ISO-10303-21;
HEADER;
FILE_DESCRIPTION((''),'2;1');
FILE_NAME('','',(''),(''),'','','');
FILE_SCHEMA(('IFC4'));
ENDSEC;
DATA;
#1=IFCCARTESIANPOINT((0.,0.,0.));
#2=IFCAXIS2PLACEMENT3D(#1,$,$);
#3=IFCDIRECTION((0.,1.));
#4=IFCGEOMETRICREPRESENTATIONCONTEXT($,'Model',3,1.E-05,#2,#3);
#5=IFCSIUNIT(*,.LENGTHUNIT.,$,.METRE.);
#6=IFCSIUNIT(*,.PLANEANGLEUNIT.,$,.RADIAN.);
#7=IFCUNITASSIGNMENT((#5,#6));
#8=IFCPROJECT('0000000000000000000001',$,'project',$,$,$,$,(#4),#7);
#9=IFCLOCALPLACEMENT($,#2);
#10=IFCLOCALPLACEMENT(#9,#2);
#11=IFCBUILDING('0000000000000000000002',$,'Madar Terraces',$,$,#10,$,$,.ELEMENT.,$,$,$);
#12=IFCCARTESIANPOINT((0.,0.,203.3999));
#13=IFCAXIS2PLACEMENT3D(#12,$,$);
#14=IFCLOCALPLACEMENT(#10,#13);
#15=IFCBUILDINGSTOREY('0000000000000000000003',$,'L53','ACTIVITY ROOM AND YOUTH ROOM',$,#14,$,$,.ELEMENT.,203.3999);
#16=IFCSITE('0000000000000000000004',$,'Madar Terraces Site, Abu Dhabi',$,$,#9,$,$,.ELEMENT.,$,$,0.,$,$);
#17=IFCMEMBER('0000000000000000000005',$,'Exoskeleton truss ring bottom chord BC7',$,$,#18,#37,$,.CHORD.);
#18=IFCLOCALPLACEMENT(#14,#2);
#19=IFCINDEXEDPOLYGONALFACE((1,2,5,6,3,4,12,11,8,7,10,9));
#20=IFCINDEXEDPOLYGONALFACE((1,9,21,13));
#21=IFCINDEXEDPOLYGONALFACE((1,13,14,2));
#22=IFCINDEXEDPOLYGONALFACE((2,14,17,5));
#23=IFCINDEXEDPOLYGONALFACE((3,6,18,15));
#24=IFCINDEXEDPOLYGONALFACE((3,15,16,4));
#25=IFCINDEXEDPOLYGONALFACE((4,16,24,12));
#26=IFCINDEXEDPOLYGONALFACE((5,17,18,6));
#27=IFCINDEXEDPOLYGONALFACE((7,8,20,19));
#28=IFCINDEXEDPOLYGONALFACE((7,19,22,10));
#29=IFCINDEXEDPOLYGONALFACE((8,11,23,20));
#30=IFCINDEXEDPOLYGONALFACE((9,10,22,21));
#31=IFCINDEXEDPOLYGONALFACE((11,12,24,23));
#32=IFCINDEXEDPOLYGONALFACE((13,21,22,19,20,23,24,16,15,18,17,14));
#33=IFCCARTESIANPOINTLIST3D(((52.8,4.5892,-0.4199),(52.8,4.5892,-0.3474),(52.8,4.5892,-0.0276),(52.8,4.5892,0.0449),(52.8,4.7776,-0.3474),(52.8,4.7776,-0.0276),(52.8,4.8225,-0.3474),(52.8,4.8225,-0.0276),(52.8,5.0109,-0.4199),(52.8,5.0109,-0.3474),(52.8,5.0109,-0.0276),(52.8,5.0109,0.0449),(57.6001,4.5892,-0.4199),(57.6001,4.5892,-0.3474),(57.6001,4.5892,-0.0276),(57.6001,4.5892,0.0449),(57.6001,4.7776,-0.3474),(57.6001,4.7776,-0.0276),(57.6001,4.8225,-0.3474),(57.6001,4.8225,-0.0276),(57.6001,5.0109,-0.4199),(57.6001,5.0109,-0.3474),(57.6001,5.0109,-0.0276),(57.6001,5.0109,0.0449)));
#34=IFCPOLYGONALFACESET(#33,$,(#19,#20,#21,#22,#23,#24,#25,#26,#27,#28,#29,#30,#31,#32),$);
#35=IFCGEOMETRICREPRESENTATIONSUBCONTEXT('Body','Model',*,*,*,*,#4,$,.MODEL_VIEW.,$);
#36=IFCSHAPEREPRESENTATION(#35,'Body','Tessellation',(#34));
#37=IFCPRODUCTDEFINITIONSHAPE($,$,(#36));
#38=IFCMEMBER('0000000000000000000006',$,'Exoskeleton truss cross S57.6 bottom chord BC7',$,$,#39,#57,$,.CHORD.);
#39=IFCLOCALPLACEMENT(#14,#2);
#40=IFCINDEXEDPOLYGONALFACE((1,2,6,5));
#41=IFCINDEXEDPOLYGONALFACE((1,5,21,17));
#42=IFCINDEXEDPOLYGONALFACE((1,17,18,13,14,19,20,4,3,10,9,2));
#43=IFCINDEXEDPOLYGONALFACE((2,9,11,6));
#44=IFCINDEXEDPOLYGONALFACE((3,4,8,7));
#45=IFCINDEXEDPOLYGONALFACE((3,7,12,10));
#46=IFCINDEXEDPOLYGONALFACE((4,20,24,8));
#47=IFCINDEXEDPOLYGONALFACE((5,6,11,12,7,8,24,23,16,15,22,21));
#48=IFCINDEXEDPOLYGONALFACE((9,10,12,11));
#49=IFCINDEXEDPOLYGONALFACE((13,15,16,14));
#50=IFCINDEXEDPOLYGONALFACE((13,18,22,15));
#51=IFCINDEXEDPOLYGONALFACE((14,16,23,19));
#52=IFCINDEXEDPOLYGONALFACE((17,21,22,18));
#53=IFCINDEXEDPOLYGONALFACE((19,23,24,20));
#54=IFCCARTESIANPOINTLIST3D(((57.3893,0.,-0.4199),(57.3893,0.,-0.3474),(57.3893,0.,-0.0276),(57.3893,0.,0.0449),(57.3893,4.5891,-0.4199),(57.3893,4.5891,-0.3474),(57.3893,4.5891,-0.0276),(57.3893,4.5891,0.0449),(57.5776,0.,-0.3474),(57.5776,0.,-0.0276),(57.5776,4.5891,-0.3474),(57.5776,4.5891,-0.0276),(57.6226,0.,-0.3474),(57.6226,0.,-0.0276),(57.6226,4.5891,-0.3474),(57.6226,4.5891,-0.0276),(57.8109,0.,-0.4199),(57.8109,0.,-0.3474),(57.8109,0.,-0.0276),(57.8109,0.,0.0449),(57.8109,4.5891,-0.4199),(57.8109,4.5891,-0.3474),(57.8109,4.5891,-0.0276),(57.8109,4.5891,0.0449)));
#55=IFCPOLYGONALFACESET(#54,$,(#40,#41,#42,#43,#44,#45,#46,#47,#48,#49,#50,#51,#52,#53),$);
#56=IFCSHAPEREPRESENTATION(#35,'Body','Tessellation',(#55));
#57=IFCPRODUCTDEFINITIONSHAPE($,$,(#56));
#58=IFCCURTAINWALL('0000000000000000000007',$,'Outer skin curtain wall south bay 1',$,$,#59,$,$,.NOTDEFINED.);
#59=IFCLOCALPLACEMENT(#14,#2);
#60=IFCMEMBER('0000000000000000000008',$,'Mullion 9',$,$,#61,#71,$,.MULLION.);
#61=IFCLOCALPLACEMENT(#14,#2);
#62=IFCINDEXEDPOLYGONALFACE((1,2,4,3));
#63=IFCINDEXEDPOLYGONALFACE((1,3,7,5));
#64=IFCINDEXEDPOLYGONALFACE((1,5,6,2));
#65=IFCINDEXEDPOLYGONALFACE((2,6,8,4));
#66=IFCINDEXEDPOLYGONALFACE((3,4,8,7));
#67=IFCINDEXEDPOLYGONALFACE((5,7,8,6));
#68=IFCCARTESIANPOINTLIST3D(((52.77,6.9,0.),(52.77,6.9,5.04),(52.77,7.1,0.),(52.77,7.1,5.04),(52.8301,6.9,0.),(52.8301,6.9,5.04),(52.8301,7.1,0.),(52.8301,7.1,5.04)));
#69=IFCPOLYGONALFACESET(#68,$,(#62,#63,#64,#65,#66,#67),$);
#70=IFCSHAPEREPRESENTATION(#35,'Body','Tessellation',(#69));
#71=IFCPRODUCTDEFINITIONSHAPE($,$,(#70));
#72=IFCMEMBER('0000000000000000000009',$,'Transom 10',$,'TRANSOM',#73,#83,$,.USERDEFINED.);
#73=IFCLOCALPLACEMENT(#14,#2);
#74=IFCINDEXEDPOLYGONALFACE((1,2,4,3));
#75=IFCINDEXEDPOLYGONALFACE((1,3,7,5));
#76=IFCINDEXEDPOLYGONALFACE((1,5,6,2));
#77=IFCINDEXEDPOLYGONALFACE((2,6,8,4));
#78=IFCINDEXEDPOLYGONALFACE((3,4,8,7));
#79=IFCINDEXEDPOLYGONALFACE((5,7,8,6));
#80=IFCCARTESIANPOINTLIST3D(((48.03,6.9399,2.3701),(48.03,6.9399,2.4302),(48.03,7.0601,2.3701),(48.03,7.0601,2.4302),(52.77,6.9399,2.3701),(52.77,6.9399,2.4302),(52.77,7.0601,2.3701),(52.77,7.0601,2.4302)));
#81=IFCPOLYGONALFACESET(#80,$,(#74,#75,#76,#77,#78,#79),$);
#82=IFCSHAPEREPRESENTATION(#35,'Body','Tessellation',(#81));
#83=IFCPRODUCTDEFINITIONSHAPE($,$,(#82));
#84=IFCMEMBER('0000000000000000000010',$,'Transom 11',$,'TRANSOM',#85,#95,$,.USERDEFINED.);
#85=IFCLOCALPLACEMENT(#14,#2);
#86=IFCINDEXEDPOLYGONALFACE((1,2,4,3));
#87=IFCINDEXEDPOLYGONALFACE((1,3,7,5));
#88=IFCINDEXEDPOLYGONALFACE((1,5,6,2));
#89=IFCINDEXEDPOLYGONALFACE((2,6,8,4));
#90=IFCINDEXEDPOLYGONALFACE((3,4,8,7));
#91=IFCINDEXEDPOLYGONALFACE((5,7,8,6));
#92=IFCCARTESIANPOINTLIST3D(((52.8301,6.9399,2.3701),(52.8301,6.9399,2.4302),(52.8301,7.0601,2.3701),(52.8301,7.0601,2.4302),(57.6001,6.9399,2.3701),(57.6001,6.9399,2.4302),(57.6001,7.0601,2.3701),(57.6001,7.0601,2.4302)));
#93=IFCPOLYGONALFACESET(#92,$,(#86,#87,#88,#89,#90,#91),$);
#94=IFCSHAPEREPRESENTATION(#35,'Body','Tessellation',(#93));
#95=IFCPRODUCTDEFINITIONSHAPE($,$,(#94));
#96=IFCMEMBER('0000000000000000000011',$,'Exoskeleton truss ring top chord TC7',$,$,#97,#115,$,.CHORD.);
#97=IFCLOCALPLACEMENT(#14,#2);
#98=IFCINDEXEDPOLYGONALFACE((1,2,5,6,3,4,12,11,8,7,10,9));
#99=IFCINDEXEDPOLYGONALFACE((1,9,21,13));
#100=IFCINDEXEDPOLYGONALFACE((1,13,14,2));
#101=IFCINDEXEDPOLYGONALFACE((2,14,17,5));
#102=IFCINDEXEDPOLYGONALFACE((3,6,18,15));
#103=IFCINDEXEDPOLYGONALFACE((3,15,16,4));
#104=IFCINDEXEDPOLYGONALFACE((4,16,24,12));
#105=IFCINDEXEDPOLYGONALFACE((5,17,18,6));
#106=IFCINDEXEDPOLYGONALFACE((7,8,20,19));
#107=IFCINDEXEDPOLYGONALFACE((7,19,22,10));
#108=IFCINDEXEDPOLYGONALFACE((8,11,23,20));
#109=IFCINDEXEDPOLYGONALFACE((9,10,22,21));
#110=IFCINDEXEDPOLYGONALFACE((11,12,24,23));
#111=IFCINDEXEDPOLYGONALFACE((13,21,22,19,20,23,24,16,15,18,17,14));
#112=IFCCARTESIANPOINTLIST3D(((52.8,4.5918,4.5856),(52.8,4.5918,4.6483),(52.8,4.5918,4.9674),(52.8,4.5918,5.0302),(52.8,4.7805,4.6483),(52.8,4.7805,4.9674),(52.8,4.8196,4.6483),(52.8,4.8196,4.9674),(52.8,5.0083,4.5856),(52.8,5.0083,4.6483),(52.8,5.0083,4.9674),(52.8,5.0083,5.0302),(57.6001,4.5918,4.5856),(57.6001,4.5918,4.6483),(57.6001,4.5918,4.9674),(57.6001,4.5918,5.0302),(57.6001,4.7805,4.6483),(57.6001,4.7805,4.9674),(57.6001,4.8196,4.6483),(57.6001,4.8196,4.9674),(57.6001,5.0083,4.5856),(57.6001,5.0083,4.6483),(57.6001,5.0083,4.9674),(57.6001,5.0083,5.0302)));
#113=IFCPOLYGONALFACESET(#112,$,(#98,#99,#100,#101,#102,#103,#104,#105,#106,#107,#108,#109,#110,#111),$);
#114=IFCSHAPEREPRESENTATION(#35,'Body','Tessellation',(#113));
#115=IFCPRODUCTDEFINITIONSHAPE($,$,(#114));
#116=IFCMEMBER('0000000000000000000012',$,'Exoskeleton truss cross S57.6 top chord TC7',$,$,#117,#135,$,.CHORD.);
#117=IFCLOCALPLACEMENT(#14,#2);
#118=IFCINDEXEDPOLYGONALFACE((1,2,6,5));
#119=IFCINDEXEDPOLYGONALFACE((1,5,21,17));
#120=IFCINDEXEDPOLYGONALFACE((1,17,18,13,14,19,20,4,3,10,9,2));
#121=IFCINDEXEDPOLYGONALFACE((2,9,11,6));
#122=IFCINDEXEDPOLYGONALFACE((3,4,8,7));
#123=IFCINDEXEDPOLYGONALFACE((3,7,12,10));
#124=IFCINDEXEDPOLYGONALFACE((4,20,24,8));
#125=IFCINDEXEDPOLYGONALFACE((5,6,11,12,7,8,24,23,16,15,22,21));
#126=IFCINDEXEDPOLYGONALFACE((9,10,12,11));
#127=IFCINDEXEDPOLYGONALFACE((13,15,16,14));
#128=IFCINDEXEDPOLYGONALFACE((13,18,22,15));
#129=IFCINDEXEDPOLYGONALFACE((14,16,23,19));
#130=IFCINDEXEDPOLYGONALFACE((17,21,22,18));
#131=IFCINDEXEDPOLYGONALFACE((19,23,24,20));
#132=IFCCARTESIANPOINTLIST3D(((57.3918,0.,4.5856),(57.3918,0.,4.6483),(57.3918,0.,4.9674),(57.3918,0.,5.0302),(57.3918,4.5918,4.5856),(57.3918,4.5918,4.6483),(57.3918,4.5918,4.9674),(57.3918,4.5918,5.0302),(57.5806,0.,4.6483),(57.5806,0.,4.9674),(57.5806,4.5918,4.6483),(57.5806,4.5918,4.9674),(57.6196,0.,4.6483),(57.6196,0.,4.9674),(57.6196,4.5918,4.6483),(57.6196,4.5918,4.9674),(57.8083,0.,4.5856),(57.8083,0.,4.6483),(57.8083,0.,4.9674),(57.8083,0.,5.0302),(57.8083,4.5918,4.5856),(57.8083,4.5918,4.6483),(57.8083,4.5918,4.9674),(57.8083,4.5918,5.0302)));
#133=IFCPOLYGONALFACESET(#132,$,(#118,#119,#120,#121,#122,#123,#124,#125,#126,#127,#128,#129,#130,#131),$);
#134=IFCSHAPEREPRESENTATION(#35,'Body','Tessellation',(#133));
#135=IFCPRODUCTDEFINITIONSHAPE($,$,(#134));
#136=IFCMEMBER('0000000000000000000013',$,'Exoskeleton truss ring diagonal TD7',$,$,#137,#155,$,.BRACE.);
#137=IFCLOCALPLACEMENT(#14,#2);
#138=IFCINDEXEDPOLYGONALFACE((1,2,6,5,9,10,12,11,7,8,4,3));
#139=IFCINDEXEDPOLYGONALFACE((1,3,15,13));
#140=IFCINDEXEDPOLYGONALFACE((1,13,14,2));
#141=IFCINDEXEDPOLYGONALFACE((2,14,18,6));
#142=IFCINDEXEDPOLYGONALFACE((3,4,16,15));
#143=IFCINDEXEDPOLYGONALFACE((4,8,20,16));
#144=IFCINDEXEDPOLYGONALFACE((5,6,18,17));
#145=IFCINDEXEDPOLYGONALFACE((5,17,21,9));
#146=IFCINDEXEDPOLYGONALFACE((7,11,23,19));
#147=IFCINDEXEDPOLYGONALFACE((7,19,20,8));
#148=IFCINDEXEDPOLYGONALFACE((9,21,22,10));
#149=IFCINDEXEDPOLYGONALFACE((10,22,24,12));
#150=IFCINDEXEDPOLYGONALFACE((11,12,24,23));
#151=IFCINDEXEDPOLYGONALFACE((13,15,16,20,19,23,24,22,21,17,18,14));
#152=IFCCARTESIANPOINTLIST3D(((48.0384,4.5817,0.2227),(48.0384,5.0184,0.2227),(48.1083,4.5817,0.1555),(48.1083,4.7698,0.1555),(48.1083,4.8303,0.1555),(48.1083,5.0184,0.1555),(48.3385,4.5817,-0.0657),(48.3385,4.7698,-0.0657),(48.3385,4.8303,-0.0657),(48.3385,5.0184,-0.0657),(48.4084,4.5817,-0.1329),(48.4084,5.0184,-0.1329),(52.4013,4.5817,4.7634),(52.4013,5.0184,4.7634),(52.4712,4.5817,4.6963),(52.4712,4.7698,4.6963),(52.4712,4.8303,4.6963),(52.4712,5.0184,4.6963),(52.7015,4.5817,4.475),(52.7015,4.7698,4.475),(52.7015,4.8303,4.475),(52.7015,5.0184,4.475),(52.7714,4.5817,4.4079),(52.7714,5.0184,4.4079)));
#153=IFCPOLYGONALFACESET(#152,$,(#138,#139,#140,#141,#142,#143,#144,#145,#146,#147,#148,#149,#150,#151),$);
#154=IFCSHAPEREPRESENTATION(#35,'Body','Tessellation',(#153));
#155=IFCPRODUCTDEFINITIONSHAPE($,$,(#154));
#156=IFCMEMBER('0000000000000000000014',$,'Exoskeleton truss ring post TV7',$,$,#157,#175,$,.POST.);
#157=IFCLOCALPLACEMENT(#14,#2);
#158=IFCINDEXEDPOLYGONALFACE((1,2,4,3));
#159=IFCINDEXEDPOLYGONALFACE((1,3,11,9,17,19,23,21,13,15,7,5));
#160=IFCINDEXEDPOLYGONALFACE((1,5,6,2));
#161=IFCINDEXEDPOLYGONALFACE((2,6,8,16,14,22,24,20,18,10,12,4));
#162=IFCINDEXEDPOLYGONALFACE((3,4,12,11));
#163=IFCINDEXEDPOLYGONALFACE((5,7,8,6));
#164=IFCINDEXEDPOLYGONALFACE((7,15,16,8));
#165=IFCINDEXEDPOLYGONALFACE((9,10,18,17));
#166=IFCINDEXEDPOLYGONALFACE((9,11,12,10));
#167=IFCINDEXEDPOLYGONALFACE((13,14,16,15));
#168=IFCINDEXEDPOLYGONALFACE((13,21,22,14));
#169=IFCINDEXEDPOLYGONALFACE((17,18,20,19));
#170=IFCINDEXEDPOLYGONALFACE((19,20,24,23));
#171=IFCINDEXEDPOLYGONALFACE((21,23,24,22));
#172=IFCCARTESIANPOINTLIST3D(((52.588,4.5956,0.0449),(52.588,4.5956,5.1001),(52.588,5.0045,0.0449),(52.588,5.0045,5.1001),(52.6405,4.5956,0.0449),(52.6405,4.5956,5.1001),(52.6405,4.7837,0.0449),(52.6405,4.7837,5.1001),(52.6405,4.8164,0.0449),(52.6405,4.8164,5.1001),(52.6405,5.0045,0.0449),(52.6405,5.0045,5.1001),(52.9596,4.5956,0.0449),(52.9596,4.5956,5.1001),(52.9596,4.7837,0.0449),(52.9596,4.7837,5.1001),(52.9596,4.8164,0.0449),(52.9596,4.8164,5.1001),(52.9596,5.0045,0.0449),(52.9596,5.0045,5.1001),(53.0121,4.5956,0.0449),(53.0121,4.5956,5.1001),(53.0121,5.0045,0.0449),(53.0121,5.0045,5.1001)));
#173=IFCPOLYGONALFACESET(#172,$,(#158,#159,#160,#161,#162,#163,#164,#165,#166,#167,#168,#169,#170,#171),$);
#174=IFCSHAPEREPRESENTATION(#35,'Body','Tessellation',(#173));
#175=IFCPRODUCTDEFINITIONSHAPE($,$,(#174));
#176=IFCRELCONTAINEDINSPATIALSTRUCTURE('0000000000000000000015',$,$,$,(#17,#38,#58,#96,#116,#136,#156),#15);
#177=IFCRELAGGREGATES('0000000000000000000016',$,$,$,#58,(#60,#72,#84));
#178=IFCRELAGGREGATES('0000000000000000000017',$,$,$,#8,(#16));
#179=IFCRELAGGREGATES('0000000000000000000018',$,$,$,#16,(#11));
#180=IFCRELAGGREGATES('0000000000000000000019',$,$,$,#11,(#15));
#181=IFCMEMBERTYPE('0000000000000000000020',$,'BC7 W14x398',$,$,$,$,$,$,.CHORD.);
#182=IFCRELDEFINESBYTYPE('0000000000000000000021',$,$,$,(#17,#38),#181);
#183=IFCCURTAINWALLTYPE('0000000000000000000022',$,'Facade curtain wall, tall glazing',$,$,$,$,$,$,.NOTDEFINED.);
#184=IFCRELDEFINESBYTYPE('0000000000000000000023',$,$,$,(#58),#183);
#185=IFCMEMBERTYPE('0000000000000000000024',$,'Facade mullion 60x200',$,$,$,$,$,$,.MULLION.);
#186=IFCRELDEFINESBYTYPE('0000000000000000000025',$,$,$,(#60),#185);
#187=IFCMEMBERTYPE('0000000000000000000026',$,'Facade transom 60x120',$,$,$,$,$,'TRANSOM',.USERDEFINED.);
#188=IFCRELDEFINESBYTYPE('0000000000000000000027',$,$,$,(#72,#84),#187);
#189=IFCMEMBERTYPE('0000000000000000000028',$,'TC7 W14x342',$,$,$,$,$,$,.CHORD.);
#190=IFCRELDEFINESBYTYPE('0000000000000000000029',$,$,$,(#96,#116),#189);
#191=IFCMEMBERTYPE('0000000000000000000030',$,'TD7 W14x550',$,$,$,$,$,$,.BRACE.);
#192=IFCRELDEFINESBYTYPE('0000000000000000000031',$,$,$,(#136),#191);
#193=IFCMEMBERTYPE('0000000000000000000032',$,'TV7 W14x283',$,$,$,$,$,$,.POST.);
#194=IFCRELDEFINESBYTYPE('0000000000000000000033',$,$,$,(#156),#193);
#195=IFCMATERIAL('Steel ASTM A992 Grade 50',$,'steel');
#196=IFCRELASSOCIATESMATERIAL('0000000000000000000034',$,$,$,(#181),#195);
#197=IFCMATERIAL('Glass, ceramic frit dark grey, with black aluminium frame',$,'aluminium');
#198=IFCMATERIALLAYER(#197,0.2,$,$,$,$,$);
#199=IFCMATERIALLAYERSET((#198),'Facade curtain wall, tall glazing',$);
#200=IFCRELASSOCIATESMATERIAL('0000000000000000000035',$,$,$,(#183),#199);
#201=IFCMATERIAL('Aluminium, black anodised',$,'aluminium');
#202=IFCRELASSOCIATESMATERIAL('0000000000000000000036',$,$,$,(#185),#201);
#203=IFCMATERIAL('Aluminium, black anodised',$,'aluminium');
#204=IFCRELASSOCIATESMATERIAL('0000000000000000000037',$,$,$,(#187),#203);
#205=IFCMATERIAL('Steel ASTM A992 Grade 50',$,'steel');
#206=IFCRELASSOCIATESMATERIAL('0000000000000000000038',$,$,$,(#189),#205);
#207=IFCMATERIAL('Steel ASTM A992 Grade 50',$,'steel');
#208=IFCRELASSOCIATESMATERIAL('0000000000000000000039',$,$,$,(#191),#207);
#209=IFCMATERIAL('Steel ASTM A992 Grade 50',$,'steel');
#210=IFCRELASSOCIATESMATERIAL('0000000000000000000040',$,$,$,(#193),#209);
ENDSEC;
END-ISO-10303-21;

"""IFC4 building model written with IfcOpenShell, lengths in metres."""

from ifc_helpers import new_model, si_unit, direction, frame, origin, origin_2d, place, context, subcontext, project, spatial, rectangle, i_section, extrude, material, layer, layer_set, material_profile, profile_set, type_object, element, aggregate, save


model = new_model("IFC4")

# Units and contexts
model_context = context("Model", 3, precision=1e-05, world=origin(), true_north=direction((0.0, 1.0)))
body_context = subcontext(model_context, "Body", "Model", "MODEL_VIEW")
ifc_project = project(units=[si_unit("LENGTHUNIT", "METRE"), si_unit("PLANEANGLEUNIT", "RADIAN")], contexts=[model_context])

# Site, building, storey
site_placement = place(None, origin())
site = spatial("IfcSite", under=ifc_project, at=site_placement, Name="Madar Terraces Site, Abu Dhabi", CompositionType="ELEMENT", RefElevation=0.0)
building_placement = place(site_placement, origin())
building = spatial("IfcBuilding", under=site, at=building_placement, Name="Madar Terraces", CompositionType="ELEMENT")
storey_placement = place(building_placement, frame((0.0, 0.0, 203.3999)))
storey = spatial("IfcBuildingStorey", under=building, at=storey_placement, Name="L53", Description="ACTIVITY ROOM AND YOUTH ROOM", CompositionType="ELEMENT", Elevation=203.3999)

# Members
ifc_material_1 = material(Name="Steel ASTM A992 Grade 50", Category="steel")
ifc_material_profile_1 = material_profile(ifc_material_1, i_section(OverallWidth=0.4216, OverallDepth=0.4648, WebThickness=0.0449, FlangeThickness=0.0725, at=origin_2d()), Name="W14x398")
ifc_profile_set_1 = profile_set([ifc_material_profile_1], Name="Steel ASTM A992 Grade 50")
member_type_1 = type_object("IfcMemberType", Name="BC7 W14x398", PredefinedType="CHORD", material=ifc_profile_set_1)
member_1_placement = place(storey_placement, frame((52.8, 4.8, -0.1875), z_axis=(1.0, 0.0, 0.0), x_axis=(0.0, 1.0, 0.0)))
element("IfcMember", 1, at=member_1_placement, inside=storey, type_object=member_type_1, Name="Exoskeleton truss ring bottom chord BC7", PredefinedType="CHORD", context=body_context, shape_type="SweptSolid", body=[
    extrude(i_section(OverallWidth=0.4216, OverallDepth=0.4648, WebThickness=0.0449, FlangeThickness=0.0725, at=origin_2d()), origin(), (0.0, 0.0, 1.0), 4.8),
])
member_2_placement = place(storey_placement, frame((57.6001, 0.0, -0.1875), z_axis=(0.0, 1.0, 0.0), x_axis=(-1.0, 0.0, 0.0)))
element("IfcMember", 2, at=member_2_placement, inside=storey, type_object=member_type_1, Name="Exoskeleton truss cross S57.6 bottom chord BC7", PredefinedType="CHORD", context=body_context, shape_type="SweptSolid", body=[
    extrude(i_section(OverallWidth=0.4216, OverallDepth=0.4648, WebThickness=0.0449, FlangeThickness=0.0725, at=origin_2d()), origin(), (0.0, 0.0, 1.0), 4.5891),
])

# Curtain wall, members
ifc_material_2 = material(Name="Glass, ceramic frit dark grey, with black aluminium frame", Category="aluminium")
ifc_layer_1 = layer(ifc_material_2, 0.2)
ifc_layer_set_1 = layer_set([ifc_layer_1], Name="Facade curtain wall, tall glazing")
curtain_wall_type = type_object("IfcCurtainWallType", Name="Facade curtain wall, tall glazing", PredefinedType="NOTDEFINED", material=ifc_layer_set_1)
curtain_wall_placement = place(storey_placement, origin())
curtain_wall = element("IfcCurtainWall", 3, at=curtain_wall_placement, inside=storey, type_object=curtain_wall_type, Name="Outer skin curtain wall south bay 1", PredefinedType="NOTDEFINED")
ifc_material_3 = material(Name="Aluminium, black anodised", Category="aluminium")
ifc_material_profile_2 = material_profile(ifc_material_3, rectangle(XDim=0.2, YDim=0.0601, at=origin_2d()), Name="Facade mullion 60x200")
ifc_profile_set_2 = profile_set([ifc_material_profile_2], Name="Aluminium, black anodised")
member_type_2 = type_object("IfcMemberType", Name="Facade mullion 60x200", PredefinedType="MULLION", material=ifc_profile_set_2)
member_3_placement = place(storey_placement, frame((52.8, 7.0, 0.0), z_axis=(0.0, 0.0, 1.0), x_axis=(0.0, 1.0, 0.0)))
member_3 = element("IfcMember", 4, at=member_3_placement, type_object=member_type_2, Name="Mullion 9", PredefinedType="MULLION", context=body_context, shape_type="SweptSolid", body=[
    extrude(rectangle(XDim=0.2, YDim=0.0601, at=origin_2d()), origin(), (0.0, 0.0, 1.0), 5.04),
])
ifc_material_4 = material(Name="Aluminium, black anodised", Category="aluminium")
ifc_material_profile_3 = material_profile(ifc_material_4, rectangle(XDim=0.1201, YDim=0.0601, at=origin_2d()), Name="Facade transom 60x120")
ifc_profile_set_3 = profile_set([ifc_material_profile_3], Name="Aluminium, black anodised")
member_type_3 = type_object("IfcMemberType", Name="Facade transom 60x120", ElementType="TRANSOM", PredefinedType="USERDEFINED", material=ifc_profile_set_3)
member_4_placement = place(storey_placement, frame((48.03, 7.0, 2.4001), z_axis=(1.0, 0.0, 0.0), x_axis=(0.0, 1.0, 0.0)))
member_4 = element("IfcMember", 5, at=member_4_placement, type_object=member_type_3, Name="Transom 10", ObjectType="TRANSOM", PredefinedType="USERDEFINED", context=body_context, shape_type="SweptSolid", body=[
    extrude(rectangle(XDim=0.1201, YDim=0.0601, at=origin_2d()), origin(), (0.0, 0.0, 1.0), 4.74),
])
member_5_placement = place(storey_placement, frame((52.8301, 7.0, 2.4001), z_axis=(1.0, 0.0, 0.0), x_axis=(0.0, 1.0, 0.0)))
member_5 = element("IfcMember", 6, at=member_5_placement, type_object=member_type_3, Name="Transom 11", ObjectType="TRANSOM", PredefinedType="USERDEFINED", context=body_context, shape_type="SweptSolid", body=[
    extrude(rectangle(XDim=0.1201, YDim=0.0601, at=origin_2d()), origin(), (0.0, 0.0, 1.0), 4.77),
])

# Members
ifc_material_5 = material(Name="Steel ASTM A992 Grade 50", Category="steel")
ifc_material_profile_4 = material_profile(ifc_material_5, i_section(OverallWidth=0.4165, OverallDepth=0.4446, WebThickness=0.0391, FlangeThickness=0.0627, at=origin_2d()), Name="W14x342")
ifc_profile_set_4 = profile_set([ifc_material_profile_4], Name="Steel ASTM A992 Grade 50")
member_type_4 = type_object("IfcMemberType", Name="TC7 W14x342", PredefinedType="CHORD", material=ifc_profile_set_4)
member_6_placement = place(storey_placement, frame((52.8, 4.8, 4.8079), z_axis=(1.0, 0.0, 0.0), x_axis=(0.0, 1.0, 0.0)))
element("IfcMember", 7, at=member_6_placement, inside=storey, type_object=member_type_4, Name="Exoskeleton truss ring top chord TC7", PredefinedType="CHORD", context=body_context, shape_type="SweptSolid", body=[
    extrude(i_section(OverallWidth=0.4165, OverallDepth=0.4446, WebThickness=0.0391, FlangeThickness=0.0627, at=origin_2d()), origin(), (0.0, 0.0, 1.0), 4.8),
])
member_7_placement = place(storey_placement, frame((57.6001, 0.0, 4.8079), z_axis=(0.0, 1.0, 0.0), x_axis=(-1.0, 0.0, 0.0)))
element("IfcMember", 8, at=member_7_placement, inside=storey, type_object=member_type_4, Name="Exoskeleton truss cross S57.6 top chord TC7", PredefinedType="CHORD", context=body_context, shape_type="SweptSolid", body=[
    extrude(i_section(OverallWidth=0.4165, OverallDepth=0.4446, WebThickness=0.0391, FlangeThickness=0.0627, at=origin_2d()), origin(), (0.0, 0.0, 1.0), 4.5918),
])
ifc_material_6 = material(Name="Steel ASTM A992 Grade 50", Category="steel")
ifc_material_profile_5 = material_profile(ifc_material_6, i_section(OverallWidth=0.4368, OverallDepth=0.5132, WebThickness=0.0605, FlangeThickness=0.0969, at=origin_2d()), Name="W14x550")
ifc_profile_set_5 = profile_set([ifc_material_profile_5], Name="Steel ASTM A992 Grade 50")
member_type_5 = type_object("IfcMemberType", Name="TD7 W14x550", PredefinedType="BRACE", material=ifc_profile_set_5)
member_8_placement = place(storey_placement, frame((48.2234, 4.8, 0.0449), z_axis=(0.692854, 0.0, 0.721078), x_axis=(0.0, 1.0, 0.0)))
element("IfcMember", 9, at=member_8_placement, inside=storey, type_object=member_type_5, Name="Exoskeleton truss ring diagonal TD7", PredefinedType="BRACE", context=body_context, shape_type="SweptSolid", body=[
    extrude(i_section(OverallWidth=0.4368, OverallDepth=0.5132, WebThickness=0.0605, FlangeThickness=0.0969, at=origin_2d()), origin(), (0.0, 0.0, 1.0), 6.2971),
])
ifc_material_7 = material(Name="Steel ASTM A992 Grade 50", Category="steel")
ifc_material_profile_6 = material_profile(ifc_material_7, i_section(OverallWidth=0.4089, OverallDepth=0.4241, WebThickness=0.0327, FlangeThickness=0.0525, at=origin_2d()), Name="W14x283")
ifc_profile_set_6 = profile_set([ifc_material_profile_6], Name="Steel ASTM A992 Grade 50")
member_type_6 = type_object("IfcMemberType", Name="TV7 W14x283", PredefinedType="POST", material=ifc_profile_set_6)
member_9_placement = place(storey_placement, frame((52.8, 4.8, 0.0449), z_axis=(0.0, 0.0, 1.0), x_axis=(0.0, 1.0, 0.0)))
element("IfcMember", 10, at=member_9_placement, inside=storey, type_object=member_type_6, Name="Exoskeleton truss ring post TV7", PredefinedType="POST", context=body_context, shape_type="SweptSolid", body=[
    extrude(i_section(OverallWidth=0.4089, OverallDepth=0.4241, WebThickness=0.0327, FlangeThickness=0.0525, at=origin_2d()), origin(), (0.0, 0.0, 1.0), 5.0552),
])

aggregate(curtain_wall, [member_3, member_4, member_5])

save(model, "model.ifc")
